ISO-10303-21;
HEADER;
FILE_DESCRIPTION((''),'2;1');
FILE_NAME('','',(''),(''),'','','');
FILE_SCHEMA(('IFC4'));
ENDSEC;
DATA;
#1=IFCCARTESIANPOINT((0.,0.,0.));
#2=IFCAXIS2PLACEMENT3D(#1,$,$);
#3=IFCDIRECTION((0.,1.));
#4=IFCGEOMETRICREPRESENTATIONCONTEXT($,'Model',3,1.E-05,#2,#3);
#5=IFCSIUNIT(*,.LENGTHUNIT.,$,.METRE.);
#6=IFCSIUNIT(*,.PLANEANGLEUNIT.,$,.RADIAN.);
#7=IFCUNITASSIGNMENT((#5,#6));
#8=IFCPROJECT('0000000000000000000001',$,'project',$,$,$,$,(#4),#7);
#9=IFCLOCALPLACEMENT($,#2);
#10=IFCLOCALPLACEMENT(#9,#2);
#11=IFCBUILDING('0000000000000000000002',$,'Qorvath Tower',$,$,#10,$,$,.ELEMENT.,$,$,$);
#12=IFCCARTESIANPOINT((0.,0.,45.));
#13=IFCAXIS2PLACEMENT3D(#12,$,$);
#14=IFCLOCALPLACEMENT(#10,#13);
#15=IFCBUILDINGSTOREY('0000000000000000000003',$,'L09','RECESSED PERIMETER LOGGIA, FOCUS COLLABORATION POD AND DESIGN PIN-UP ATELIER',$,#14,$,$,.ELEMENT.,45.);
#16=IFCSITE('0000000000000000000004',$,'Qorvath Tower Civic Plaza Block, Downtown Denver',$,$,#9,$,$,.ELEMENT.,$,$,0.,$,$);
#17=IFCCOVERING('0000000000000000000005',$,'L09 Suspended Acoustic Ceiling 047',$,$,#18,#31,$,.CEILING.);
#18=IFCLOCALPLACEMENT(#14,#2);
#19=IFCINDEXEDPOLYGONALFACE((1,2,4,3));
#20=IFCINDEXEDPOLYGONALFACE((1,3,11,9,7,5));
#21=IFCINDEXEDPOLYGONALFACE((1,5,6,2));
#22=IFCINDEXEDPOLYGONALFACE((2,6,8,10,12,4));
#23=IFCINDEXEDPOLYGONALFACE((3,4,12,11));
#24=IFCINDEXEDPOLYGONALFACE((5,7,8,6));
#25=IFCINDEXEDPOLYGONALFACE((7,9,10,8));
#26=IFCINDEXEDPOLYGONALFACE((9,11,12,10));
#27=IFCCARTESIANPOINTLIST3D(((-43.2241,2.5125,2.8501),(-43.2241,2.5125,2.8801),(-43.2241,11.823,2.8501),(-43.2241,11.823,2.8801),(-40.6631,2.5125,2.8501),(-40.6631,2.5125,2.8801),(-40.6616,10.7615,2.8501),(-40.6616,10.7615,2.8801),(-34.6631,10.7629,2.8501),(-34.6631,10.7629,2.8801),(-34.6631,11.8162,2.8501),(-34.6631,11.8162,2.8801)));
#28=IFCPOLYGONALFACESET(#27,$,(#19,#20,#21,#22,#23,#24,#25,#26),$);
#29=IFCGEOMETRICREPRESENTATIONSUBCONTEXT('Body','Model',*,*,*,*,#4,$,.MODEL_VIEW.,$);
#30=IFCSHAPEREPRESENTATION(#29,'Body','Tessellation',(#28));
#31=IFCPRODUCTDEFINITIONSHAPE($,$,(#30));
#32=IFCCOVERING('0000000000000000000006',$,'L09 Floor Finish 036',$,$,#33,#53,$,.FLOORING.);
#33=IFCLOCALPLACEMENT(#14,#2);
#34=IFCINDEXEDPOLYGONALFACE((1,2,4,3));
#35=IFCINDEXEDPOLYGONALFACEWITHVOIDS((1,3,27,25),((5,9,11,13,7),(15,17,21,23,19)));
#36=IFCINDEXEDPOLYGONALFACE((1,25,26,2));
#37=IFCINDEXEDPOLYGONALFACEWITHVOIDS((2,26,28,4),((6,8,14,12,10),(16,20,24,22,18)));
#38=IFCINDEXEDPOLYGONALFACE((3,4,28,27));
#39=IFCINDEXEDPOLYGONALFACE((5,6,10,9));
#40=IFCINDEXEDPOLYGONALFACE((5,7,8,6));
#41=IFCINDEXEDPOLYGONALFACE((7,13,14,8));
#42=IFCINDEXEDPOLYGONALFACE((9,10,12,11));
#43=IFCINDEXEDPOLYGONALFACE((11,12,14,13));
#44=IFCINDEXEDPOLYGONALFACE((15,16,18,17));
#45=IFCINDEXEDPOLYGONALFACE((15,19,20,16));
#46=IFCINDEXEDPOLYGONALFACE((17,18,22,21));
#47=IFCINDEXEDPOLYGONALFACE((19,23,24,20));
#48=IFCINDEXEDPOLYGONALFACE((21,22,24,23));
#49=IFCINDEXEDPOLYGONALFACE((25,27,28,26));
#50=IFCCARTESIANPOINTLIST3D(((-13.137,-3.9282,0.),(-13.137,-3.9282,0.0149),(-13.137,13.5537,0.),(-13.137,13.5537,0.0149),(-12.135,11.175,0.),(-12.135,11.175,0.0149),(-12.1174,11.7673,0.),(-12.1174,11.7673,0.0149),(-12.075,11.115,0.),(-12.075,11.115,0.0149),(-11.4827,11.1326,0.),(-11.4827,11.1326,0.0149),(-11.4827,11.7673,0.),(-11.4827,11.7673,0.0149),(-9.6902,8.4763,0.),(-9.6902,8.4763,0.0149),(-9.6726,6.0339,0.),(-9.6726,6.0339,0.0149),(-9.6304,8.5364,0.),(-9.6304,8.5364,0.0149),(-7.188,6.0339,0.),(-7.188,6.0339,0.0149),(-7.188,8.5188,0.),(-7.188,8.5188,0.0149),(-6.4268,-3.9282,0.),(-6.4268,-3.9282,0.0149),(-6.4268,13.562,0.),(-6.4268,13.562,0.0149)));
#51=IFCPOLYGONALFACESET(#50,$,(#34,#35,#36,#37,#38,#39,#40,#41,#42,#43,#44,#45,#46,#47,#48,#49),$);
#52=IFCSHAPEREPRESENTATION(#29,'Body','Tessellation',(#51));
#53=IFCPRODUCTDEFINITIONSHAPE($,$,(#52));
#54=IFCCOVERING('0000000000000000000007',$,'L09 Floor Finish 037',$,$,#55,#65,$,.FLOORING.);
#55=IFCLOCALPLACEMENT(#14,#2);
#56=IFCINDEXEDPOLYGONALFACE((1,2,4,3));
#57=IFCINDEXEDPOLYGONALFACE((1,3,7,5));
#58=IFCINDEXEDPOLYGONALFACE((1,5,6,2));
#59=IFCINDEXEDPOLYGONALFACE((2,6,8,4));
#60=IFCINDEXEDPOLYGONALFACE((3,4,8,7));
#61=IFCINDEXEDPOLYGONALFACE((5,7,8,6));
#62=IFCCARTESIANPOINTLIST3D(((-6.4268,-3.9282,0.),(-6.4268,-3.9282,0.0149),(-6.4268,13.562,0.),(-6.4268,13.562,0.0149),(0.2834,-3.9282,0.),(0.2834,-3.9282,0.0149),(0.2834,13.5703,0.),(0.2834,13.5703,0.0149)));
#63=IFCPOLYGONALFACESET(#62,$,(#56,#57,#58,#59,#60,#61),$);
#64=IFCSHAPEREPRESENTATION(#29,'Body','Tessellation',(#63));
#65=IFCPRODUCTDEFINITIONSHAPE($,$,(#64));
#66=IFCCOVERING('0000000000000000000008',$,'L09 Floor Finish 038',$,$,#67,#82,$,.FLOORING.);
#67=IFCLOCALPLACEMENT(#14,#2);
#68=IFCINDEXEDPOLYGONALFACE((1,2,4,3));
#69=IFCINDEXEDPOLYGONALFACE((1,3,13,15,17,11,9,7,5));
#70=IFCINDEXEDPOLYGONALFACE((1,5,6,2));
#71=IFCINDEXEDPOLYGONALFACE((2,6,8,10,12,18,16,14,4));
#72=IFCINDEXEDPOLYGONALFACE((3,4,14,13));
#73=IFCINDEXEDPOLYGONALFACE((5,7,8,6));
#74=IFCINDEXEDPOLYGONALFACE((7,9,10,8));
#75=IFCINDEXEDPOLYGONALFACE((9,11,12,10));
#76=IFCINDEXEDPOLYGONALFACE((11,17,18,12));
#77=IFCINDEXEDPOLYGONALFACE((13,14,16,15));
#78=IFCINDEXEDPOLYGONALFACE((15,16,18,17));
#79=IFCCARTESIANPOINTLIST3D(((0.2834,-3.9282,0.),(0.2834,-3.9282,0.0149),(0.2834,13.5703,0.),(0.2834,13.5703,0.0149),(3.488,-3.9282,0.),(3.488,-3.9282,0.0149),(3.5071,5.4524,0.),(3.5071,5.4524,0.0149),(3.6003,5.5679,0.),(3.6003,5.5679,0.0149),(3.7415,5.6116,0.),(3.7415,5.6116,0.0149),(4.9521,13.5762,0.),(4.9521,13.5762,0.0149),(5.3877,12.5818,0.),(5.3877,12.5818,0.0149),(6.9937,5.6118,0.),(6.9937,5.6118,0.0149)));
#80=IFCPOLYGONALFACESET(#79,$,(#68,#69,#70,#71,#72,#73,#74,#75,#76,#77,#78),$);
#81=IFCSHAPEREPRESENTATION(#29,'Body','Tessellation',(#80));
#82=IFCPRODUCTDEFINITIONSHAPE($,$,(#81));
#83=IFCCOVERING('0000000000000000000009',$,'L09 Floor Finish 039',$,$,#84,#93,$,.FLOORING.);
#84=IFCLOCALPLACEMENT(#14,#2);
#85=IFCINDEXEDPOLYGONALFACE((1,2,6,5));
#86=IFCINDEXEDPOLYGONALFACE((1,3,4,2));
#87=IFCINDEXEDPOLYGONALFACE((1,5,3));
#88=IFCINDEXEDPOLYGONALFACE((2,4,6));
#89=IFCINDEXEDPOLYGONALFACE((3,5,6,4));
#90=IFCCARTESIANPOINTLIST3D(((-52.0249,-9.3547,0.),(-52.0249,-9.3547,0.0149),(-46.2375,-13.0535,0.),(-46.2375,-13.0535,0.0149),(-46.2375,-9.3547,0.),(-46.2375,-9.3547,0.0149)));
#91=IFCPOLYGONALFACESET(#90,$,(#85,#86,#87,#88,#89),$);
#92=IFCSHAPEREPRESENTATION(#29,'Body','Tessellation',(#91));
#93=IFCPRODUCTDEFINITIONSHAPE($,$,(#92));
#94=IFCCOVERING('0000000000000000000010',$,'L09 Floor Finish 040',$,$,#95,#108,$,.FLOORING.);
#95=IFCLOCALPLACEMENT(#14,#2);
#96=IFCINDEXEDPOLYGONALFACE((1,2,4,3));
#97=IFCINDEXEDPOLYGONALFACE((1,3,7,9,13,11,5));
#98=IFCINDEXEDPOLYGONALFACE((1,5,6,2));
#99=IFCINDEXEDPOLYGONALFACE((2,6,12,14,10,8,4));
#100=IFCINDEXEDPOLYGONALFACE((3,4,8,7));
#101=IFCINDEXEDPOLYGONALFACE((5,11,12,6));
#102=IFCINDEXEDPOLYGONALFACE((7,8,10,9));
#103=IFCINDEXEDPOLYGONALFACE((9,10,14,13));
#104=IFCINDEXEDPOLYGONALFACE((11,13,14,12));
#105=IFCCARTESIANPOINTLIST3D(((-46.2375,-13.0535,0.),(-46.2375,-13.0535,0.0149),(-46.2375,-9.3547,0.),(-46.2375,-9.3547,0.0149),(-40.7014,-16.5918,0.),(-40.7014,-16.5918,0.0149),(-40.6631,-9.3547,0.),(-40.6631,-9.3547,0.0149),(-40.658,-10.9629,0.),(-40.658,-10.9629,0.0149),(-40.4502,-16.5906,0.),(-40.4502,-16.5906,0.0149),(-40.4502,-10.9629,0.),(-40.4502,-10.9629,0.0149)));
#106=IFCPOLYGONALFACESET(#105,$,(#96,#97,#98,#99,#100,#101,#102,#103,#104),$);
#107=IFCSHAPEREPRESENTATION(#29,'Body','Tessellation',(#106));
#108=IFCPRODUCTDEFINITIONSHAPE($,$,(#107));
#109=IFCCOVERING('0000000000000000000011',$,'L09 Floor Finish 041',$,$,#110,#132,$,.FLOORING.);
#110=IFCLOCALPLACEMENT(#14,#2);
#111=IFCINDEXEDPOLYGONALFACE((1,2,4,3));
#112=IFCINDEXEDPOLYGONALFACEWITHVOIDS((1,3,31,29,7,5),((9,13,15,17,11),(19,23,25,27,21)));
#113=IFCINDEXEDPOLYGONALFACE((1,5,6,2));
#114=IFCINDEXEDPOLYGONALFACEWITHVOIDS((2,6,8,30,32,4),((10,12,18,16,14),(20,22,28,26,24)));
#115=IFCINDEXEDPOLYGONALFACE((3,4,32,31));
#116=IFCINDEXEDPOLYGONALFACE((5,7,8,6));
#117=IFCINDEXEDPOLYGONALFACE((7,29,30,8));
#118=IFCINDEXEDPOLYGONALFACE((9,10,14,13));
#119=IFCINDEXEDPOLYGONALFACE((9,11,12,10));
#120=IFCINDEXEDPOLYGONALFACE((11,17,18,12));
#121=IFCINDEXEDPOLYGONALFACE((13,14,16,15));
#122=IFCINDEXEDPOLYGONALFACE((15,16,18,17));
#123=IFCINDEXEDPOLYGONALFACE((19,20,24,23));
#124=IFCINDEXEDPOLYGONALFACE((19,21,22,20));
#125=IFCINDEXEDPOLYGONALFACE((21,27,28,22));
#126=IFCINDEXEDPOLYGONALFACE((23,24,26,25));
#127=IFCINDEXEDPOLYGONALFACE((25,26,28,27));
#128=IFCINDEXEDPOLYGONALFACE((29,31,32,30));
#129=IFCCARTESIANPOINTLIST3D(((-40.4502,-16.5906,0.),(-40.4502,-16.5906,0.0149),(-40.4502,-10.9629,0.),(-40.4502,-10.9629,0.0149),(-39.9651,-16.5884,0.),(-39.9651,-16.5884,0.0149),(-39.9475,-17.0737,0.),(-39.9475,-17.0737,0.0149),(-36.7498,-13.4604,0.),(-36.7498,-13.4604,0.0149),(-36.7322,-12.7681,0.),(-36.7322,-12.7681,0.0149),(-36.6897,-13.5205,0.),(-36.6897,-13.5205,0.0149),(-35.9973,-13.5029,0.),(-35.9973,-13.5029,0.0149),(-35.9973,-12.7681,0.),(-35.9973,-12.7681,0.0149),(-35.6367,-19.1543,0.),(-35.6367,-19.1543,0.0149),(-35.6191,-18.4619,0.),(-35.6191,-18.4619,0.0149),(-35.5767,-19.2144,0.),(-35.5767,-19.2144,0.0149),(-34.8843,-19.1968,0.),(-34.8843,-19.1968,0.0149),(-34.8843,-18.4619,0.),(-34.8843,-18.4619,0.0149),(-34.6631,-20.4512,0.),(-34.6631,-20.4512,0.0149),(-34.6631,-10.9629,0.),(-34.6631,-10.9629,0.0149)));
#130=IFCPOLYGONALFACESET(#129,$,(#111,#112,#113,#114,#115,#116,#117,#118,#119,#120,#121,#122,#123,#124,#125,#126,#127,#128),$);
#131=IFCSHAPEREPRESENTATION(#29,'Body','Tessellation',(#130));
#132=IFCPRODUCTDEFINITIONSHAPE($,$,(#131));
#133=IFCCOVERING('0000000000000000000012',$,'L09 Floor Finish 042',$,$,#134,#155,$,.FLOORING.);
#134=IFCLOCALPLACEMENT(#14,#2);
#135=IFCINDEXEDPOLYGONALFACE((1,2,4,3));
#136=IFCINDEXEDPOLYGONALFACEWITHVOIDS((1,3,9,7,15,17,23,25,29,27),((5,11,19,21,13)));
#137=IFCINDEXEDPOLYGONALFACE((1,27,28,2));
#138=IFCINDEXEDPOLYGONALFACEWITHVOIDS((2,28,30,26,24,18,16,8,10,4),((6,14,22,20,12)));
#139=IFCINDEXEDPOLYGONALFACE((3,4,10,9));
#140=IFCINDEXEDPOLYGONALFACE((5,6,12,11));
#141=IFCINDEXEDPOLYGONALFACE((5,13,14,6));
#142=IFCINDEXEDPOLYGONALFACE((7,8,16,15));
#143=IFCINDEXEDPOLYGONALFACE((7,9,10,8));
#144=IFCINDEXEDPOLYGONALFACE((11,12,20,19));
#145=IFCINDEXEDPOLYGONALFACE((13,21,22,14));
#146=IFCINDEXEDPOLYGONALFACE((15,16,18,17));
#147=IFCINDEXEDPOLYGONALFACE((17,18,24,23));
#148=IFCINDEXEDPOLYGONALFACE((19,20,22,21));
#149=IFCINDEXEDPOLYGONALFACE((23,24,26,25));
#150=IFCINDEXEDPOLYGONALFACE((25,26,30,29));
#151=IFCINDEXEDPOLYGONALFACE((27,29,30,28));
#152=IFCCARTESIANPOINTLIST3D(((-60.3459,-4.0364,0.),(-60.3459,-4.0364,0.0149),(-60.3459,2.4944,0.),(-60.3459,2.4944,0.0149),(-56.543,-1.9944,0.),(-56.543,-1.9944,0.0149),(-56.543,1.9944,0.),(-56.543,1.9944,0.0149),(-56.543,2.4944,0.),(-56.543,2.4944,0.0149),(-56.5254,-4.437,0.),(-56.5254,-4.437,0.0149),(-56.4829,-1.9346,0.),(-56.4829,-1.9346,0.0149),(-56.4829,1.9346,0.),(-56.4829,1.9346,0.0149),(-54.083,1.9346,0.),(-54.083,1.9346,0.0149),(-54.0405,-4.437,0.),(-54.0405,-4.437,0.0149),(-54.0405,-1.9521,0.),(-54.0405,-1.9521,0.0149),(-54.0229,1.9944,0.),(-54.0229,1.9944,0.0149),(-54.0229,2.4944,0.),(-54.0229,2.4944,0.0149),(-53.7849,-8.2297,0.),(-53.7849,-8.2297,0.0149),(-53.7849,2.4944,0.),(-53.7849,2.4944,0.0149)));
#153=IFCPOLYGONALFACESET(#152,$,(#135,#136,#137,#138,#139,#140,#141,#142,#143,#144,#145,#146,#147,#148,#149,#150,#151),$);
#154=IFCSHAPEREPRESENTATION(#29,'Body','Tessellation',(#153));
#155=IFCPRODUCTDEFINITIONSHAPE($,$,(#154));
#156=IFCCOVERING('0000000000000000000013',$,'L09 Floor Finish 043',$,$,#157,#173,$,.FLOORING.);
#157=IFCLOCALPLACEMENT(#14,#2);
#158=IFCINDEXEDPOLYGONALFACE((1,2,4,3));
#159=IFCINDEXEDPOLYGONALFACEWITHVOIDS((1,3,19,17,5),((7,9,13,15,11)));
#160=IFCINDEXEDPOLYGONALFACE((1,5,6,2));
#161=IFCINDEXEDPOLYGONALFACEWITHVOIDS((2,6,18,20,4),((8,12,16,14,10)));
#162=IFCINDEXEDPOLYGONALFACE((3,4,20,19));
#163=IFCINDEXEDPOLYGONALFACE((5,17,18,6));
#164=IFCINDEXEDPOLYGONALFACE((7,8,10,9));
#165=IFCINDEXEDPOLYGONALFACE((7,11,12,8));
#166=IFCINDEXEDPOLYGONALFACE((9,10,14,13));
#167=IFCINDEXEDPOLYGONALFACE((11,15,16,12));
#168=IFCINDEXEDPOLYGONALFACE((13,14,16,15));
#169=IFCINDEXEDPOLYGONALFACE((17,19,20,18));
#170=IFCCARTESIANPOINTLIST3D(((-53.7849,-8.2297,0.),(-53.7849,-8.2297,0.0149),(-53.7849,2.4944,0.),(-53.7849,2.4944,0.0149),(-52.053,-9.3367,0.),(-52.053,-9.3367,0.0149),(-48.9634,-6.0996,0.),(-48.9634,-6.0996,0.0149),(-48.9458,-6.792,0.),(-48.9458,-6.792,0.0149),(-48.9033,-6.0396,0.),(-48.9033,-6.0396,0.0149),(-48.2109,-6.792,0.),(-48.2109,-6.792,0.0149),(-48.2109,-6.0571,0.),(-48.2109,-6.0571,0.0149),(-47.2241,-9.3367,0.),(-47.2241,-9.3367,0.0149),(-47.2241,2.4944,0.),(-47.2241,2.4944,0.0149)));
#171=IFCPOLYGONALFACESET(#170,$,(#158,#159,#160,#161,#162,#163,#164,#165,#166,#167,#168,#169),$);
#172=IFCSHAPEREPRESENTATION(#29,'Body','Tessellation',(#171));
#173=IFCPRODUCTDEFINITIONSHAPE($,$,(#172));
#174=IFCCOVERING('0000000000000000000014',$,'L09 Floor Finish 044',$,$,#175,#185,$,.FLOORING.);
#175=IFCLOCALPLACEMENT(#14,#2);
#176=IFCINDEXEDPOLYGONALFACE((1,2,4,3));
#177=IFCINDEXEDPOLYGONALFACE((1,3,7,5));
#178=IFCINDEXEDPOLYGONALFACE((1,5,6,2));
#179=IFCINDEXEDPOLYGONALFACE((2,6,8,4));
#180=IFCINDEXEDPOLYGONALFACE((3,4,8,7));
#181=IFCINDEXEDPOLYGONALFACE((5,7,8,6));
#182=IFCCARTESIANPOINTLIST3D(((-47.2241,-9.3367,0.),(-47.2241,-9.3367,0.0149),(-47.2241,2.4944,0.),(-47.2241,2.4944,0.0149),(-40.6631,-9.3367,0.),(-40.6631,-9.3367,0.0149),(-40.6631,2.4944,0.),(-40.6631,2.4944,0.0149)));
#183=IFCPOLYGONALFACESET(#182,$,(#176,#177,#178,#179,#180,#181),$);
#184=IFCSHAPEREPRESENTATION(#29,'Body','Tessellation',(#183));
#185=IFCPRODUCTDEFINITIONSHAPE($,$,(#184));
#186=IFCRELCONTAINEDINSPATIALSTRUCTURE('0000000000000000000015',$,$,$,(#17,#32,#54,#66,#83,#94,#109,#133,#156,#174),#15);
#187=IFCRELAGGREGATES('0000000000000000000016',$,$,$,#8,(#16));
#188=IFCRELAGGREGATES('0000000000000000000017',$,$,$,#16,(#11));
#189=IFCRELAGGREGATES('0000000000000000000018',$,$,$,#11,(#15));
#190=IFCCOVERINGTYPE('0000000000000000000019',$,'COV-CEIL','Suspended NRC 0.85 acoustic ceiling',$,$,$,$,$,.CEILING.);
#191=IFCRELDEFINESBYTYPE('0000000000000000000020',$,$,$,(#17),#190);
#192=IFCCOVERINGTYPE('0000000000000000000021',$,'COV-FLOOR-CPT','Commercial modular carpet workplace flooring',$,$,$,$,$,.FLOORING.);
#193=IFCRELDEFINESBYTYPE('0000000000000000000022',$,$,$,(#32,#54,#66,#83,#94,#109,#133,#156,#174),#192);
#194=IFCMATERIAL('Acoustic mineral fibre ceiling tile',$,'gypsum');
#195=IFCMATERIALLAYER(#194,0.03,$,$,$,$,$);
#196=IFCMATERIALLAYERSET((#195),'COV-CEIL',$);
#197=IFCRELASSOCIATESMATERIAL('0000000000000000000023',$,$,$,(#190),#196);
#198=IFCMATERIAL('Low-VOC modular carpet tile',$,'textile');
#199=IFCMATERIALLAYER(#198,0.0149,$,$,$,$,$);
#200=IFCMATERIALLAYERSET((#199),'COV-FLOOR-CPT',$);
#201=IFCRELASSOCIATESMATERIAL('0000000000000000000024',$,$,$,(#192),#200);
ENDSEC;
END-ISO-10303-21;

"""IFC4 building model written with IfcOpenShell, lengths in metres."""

from ifc_helpers import new_model, si_unit, direction, frame, origin, place, context, subcontext, project, spatial, polyline, outline, extrude, material, layer, layer_set, type_object, element, save


model = new_model("IFC4")

# Units and contexts
model_context = context("Model", 3, precision=1e-05, world=origin(), true_north=direction((0.0, 1.0)))
body_context = subcontext(model_context, "Body", "Model", "MODEL_VIEW")
ifc_project = project(units=[si_unit("LENGTHUNIT", "METRE"), si_unit("PLANEANGLEUNIT", "RADIAN")], contexts=[model_context])

# Site, building, storey
site_placement = place(None, origin())
site = spatial("IfcSite", under=ifc_project, at=site_placement, Name="Qorvath Tower Civic Plaza Block, Downtown Denver", CompositionType="ELEMENT", RefElevation=0.0)
building_placement = place(site_placement, origin())
building = spatial("IfcBuilding", under=site, at=building_placement, Name="Qorvath Tower", CompositionType="ELEMENT")
storey_placement = place(building_placement, frame((0.0, 0.0, 45.0)))
storey = spatial("IfcBuildingStorey", under=building, at=storey_placement, Name="L09", Description="RECESSED PERIMETER LOGGIA, FOCUS COLLABORATION POD AND DESIGN PIN-UP ATELIER", CompositionType="ELEMENT", Elevation=45.0)

# Coverings
ifc_material_1 = material(Name="Acoustic mineral fibre ceiling tile", Category="gypsum")
ifc_layer_1 = layer(ifc_material_1, 0.03)
ifc_layer_set_1 = layer_set([ifc_layer_1], Name="COV-CEIL")
covering_type_1 = type_object("IfcCoveringType", Name="COV-CEIL", Description="Suspended NRC 0.85 acoustic ceiling", PredefinedType="CEILING", material=ifc_layer_set_1)
covering_1_placement = place(storey_placement, frame((0.0, 0.0, 2.8501)))
element("IfcCovering", 1, at=covering_1_placement, inside=storey, type_object=covering_type_1, Name="L09 Suspended Acoustic Ceiling 047", PredefinedType="CEILING", context=body_context, shape_type="SweptSolid", body=[
    extrude(outline(polyline([(-43.2241, 11.823), (-43.2241, 2.5125), (-40.6631, 2.5125), (-40.6616, 10.7615), (-34.6631, 10.7629), (-34.6631, 11.8162), (-43.2241, 11.823)])), origin(), (0.0, 0.0, 1.0), 0.03),
])
ifc_material_2 = material(Name="Low-VOC modular carpet tile", Category="textile")
ifc_layer_2 = layer(ifc_material_2, 0.0149)
ifc_layer_set_2 = layer_set([ifc_layer_2], Name="COV-FLOOR-CPT")
covering_type_2 = type_object("IfcCoveringType", Name="COV-FLOOR-CPT", Description="Commercial modular carpet workplace flooring", PredefinedType="FLOORING", material=ifc_layer_set_2)
covering_2_placement = place(storey_placement, origin())
element("IfcCovering", 2, at=covering_2_placement, inside=storey, type_object=covering_type_2, Name="L09 Floor Finish 036", PredefinedType="FLOORING", context=body_context, shape_type="SweptSolid", body=[
    extrude(outline(polyline([(-6.4268, -3.9282), (-6.4268, 13.562), (-13.137, 13.5537), (-13.137, -3.9282), (-6.4268, -3.9282)]), holes=[polyline([(-9.6902, 8.4763), (-9.6304, 8.5364), (-7.188, 8.5188), (-7.188, 6.0339), (-9.6726, 6.0339), (-9.6902, 8.4763)]), polyline([(-12.135, 11.175), (-12.1174, 11.7673), (-11.4827, 11.7673), (-11.4827, 11.1326), (-12.075, 11.115), (-12.135, 11.175)])]), origin(), (0.0, 0.0, 1.0), 0.0149),
])
covering_3_placement = place(storey_placement, origin())
element("IfcCovering", 3, at=covering_3_placement, inside=storey, type_object=covering_type_2, Name="L09 Floor Finish 037", PredefinedType="FLOORING", context=body_context, shape_type="SweptSolid", body=[
    extrude(outline(polyline([(0.2834, -3.9282), (0.2834, 13.5703), (-6.4268, 13.562), (-6.4268, -3.9282), (0.2834, -3.9282)])), origin(), (0.0, 0.0, 1.0), 0.0149),
])
covering_4_placement = place(storey_placement, origin())
element("IfcCovering", 4, at=covering_4_placement, inside=storey, type_object=covering_type_2, Name="L09 Floor Finish 038", PredefinedType="FLOORING", context=body_context, shape_type="SweptSolid", body=[
    extrude(outline(polyline([(3.7415, 5.6116), (6.9937, 5.6118), (5.3877, 12.5818), (4.9521, 13.5762), (0.2834, 13.5703), (0.2834, -3.9282), (3.488, -3.9282), (3.5071, 5.4524), (3.6003, 5.5679), (3.7415, 5.6116)])), origin(), (0.0, 0.0, 1.0), 0.0149),
])
covering_5_placement = place(storey_placement, origin())
element("IfcCovering", 5, at=covering_5_placement, inside=storey, type_object=covering_type_2, Name="L09 Floor Finish 039", PredefinedType="FLOORING", context=body_context, shape_type="SweptSolid", body=[
    extrude(outline(polyline([(-46.2375, -13.0535), (-46.2375, -9.3547), (-52.0249, -9.3547), (-46.2375, -13.0535)])), origin(), (0.0, 0.0, 1.0), 0.0149),
])
covering_6_placement = place(storey_placement, origin())
element("IfcCovering", 6, at=covering_6_placement, inside=storey, type_object=covering_type_2, Name="L09 Floor Finish 040", PredefinedType="FLOORING", context=body_context, shape_type="SweptSolid", body=[
    extrude(outline(polyline([(-40.6631, -9.3547), (-46.2375, -9.3547), (-46.2375, -13.0535), (-40.7014, -16.5918), (-40.4502, -16.5906), (-40.4502, -10.9629), (-40.658, -10.9629), (-40.6631, -9.3547)])), origin(), (0.0, 0.0, 1.0), 0.0149),
])
covering_7_placement = place(storey_placement, origin())
element("IfcCovering", 7, at=covering_7_placement, inside=storey, type_object=covering_type_2, Name="L09 Floor Finish 041", PredefinedType="FLOORING", context=body_context, shape_type="SweptSolid", body=[
    extrude(outline(polyline([(-40.4502, -10.9629), (-40.4502, -16.5906), (-39.9651, -16.5884), (-39.9475, -17.0737), (-34.6631, -20.4512), (-34.6631, -10.9629), (-40.4502, -10.9629)]), holes=[polyline([(-35.6367, -19.1543), (-35.6191, -18.4619), (-34.8843, -18.4619), (-34.8843, -19.1968), (-35.5767, -19.2144), (-35.6367, -19.1543)]), polyline([(-36.7498, -13.4604), (-36.7322, -12.7681), (-35.9973, -12.7681), (-35.9973, -13.5029), (-36.6897, -13.5205), (-36.7498, -13.4604)])]), origin(), (0.0, 0.0, 1.0), 0.0149),
])
covering_8_placement = place(storey_placement, origin())
element("IfcCovering", 8, at=covering_8_placement, inside=storey, type_object=covering_type_2, Name="L09 Floor Finish 042", PredefinedType="FLOORING", context=body_context, shape_type="SweptSolid", body=[
    extrude(outline(polyline([(-56.543, 2.4944), (-60.3459, 2.4944), (-60.3459, -4.0364), (-53.7849, -8.2297), (-53.7849, 2.4944), (-54.0229, 2.4944), (-54.0229, 1.9944), (-54.083, 1.9346), (-56.4829, 1.9346), (-56.543, 1.9944), (-56.543, 2.4944)]), holes=[polyline([(-56.543, -1.9944), (-56.4829, -1.9346), (-54.0405, -1.9521), (-54.0405, -4.437), (-56.5254, -4.437), (-56.543, -1.9944)])]), origin(), (0.0, 0.0, 1.0), 0.0149),
])
covering_9_placement = place(storey_placement, origin())
element("IfcCovering", 9, at=covering_9_placement, inside=storey, type_object=covering_type_2, Name="L09 Floor Finish 043", PredefinedType="FLOORING", context=body_context, shape_type="SweptSolid", body=[
    extrude(outline(polyline([(-53.7849, 2.4944), (-53.7849, -8.2297), (-52.053, -9.3367), (-47.2241, -9.3367), (-47.2241, 2.4944), (-53.7849, 2.4944)]), holes=[polyline([(-48.9634, -6.0996), (-48.9033, -6.0396), (-48.2109, -6.0571), (-48.2109, -6.792), (-48.9458, -6.792), (-48.9634, -6.0996)])]), origin(), (0.0, 0.0, 1.0), 0.0149),
])
covering_10_placement = place(storey_placement, origin())
element("IfcCovering", 10, at=covering_10_placement, inside=storey, type_object=covering_type_2, Name="L09 Floor Finish 044", PredefinedType="FLOORING", context=body_context, shape_type="SweptSolid", body=[
    extrude(outline(polyline([(-47.2241, 2.4944), (-47.2241, -9.3367), (-40.6631, -9.3367), (-40.6631, 2.4944), (-47.2241, 2.4944)])), origin(), (0.0, 0.0, 1.0), 0.0149),
])

save(model, "model.ifc")
